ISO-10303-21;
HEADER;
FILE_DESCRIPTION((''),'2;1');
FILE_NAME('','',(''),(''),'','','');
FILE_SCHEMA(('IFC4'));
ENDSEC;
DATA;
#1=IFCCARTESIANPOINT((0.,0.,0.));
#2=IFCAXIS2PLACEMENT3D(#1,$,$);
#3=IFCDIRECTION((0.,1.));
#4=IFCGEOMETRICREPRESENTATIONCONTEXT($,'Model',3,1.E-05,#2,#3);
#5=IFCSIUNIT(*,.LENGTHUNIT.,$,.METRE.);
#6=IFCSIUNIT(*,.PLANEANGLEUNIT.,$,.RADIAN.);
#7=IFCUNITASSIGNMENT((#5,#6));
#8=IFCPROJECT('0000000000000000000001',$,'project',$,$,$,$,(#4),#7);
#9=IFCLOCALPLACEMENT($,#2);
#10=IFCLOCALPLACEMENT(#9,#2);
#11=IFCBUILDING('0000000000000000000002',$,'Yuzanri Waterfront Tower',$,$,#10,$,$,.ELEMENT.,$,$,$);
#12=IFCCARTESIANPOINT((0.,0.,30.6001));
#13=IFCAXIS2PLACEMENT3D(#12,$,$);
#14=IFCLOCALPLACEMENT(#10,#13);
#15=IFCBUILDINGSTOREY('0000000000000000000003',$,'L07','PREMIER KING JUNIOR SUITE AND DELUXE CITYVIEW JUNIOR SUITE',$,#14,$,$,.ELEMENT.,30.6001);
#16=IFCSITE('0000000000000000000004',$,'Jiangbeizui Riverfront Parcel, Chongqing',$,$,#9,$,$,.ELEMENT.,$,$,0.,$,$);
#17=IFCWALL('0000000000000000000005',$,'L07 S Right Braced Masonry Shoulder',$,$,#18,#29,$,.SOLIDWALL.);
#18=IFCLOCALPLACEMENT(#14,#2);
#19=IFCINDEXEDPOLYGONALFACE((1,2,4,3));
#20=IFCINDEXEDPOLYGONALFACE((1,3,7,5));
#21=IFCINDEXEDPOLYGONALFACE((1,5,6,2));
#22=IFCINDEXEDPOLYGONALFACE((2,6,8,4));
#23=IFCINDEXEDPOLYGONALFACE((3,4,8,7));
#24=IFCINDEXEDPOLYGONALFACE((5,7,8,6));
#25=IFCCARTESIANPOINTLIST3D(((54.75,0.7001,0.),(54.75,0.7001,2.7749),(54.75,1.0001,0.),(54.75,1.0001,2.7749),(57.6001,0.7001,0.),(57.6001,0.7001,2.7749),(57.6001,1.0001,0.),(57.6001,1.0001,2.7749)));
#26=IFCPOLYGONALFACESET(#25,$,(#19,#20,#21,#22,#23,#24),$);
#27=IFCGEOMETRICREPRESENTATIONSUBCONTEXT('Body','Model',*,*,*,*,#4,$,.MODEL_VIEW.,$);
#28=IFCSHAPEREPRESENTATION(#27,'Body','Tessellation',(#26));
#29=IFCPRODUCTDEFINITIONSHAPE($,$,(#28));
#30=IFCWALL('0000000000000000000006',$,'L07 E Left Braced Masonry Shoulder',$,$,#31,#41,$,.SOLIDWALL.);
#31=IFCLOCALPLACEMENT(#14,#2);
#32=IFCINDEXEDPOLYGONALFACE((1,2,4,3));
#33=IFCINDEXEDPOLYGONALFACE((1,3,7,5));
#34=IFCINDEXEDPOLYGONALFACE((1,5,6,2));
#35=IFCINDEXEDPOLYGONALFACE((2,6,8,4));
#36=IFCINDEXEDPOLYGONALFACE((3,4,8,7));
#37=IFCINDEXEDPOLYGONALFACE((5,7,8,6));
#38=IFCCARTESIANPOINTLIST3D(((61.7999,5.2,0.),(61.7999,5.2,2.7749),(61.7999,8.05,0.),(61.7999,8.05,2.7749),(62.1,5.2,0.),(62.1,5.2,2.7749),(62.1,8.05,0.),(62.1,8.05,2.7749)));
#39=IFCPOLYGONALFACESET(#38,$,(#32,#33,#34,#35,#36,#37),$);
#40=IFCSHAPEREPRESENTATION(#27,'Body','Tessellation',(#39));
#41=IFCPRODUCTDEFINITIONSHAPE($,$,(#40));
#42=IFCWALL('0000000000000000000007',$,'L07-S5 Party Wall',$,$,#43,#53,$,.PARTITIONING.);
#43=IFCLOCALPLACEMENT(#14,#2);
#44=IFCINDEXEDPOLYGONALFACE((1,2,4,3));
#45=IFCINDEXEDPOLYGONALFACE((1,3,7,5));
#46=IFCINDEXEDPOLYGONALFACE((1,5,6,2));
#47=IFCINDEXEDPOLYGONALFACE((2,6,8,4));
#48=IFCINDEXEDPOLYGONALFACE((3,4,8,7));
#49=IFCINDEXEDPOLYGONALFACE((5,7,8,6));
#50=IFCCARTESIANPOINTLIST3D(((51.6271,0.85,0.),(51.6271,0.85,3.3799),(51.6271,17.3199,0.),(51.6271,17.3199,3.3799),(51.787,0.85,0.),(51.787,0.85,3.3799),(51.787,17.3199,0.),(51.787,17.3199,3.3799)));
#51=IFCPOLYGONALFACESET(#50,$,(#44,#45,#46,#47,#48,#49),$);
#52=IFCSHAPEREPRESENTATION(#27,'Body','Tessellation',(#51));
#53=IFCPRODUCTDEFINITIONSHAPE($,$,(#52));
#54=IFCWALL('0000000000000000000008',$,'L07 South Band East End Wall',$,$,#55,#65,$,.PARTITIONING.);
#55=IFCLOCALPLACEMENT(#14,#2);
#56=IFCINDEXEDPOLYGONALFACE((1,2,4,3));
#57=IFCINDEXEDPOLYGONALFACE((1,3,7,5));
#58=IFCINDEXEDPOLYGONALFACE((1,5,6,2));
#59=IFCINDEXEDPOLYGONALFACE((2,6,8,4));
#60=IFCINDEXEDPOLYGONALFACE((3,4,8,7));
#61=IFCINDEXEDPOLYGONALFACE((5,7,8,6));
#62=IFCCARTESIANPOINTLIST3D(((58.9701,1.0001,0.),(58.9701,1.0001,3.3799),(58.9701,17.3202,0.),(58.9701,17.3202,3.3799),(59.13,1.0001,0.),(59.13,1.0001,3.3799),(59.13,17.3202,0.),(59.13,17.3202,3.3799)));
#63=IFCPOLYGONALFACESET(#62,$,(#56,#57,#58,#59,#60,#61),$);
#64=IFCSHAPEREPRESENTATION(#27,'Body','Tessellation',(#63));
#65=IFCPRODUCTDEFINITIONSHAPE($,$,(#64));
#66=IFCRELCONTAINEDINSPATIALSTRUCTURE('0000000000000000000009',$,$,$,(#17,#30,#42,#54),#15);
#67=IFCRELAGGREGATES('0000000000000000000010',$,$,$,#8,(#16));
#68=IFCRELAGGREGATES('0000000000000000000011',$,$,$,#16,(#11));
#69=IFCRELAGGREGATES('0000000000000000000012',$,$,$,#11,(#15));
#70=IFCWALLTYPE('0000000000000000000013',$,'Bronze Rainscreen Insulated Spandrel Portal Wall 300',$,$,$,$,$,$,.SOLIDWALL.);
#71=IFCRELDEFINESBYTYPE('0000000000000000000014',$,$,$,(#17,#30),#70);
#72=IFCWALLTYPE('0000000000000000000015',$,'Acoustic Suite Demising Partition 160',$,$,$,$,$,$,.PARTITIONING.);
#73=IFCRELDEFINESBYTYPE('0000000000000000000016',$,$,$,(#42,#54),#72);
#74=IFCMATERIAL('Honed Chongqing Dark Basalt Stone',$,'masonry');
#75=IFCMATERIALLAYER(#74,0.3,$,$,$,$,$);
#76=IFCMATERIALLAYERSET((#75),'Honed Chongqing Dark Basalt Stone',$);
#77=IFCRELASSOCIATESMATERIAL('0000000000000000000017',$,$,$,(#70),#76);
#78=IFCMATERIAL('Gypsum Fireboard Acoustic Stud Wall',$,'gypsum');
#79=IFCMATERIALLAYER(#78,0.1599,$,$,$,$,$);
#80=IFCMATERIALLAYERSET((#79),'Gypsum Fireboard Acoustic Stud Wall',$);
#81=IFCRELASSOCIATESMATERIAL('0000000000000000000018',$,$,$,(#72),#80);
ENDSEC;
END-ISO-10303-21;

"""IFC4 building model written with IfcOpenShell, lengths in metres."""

from ifc_helpers import new_model, si_unit, direction, frame, frame_2d, origin, place, context, subcontext, project, spatial, rectangle, extrude, source, transform, mapped, material, layer, layer_set, type_object, element, save


model = new_model("IFC4")

# Units and contexts
model_context = context("Model", 3, precision=1e-05, world=origin(), true_north=direction((0.0, 1.0)))
body_context = subcontext(model_context, "Body", "Model", "MODEL_VIEW")
ifc_project = project(units=[si_unit("LENGTHUNIT", "METRE"), si_unit("PLANEANGLEUNIT", "RADIAN")], contexts=[model_context])

# Site, building, storey
site_placement = place(None, origin())
site = spatial("IfcSite", under=ifc_project, at=site_placement, Name="Jiangbeizui Riverfront Parcel, Chongqing", CompositionType="ELEMENT", RefElevation=0.0)
building_placement = place(site_placement, origin())
building = spatial("IfcBuilding", under=site, at=building_placement, Name="Yuzanri Waterfront Tower", CompositionType="ELEMENT")
storey_placement = place(building_placement, frame((0.0, 0.0, 30.6001)))
storey = spatial("IfcBuildingStorey", under=building, at=storey_placement, Name="L07", Description="PREMIER KING JUNIOR SUITE AND DELUXE CITYVIEW JUNIOR SUITE", CompositionType="ELEMENT", Elevation=30.6001)

# Shared definitions
ifc_material_1 = material(Name="Honed Chongqing Dark Basalt Stone", Category="masonry")
ifc_layer_1 = layer(ifc_material_1, 0.3)
ifc_layer_set_1 = layer_set([ifc_layer_1], Name="Honed Chongqing Dark Basalt Stone")
wall_type_1 = type_object("IfcWallType", Name="Bronze Rainscreen Insulated Spandrel Portal Wall 300", PredefinedType="SOLIDWALL", material=ifc_layer_set_1)

# Walls
shared_shape_1 = source(origin(), body_context, "Body", "SweptSolid", [
    extrude(rectangle(XDim=2.8501, YDim=0.3, at=frame_2d((1.425, 0.0))), origin(), (0.0, 0.0, 1.0), 2.7749),
])
for number, where, z_axis, x_axis, name in (
    (1, (54.75, 0.8501, 0.0), (0.0, 0.0, 1.0), (1.0, 0.0, 0.0), "L07 S Right Braced Masonry Shoulder"),
    (2, (61.95, 5.2, 0.0), (0.0, 0.0, 1.0), (0.0, 1.0, 0.0), "L07 E Left Braced Masonry Shoulder"),
):
    element("IfcWall", number, at=place(storey_placement, frame(where, z_axis=z_axis, x_axis=x_axis)), inside=storey, type_object=wall_type_1, Name=name, PredefinedType="SOLIDWALL", context=body_context, shape_type="MappedRepresentation", body=[
        mapped(shared_shape_1, transform((0.0, 0.0, 0.0), scale=1.0)),
    ])
ifc_material_2 = material(Name="Gypsum Fireboard Acoustic Stud Wall", Category="gypsum")
ifc_layer_2 = layer(ifc_material_2, 0.1599)
ifc_layer_set_2 = layer_set([ifc_layer_2], Name="Gypsum Fireboard Acoustic Stud Wall")
wall_type_2 = type_object("IfcWallType", Name="Acoustic Suite Demising Partition 160", PredefinedType="PARTITIONING", material=ifc_layer_set_2)
shared_shape_2 = source(origin(), body_context, "Body", "SweptSolid", [
    extrude(rectangle(XDim=16.47, YDim=0.1599, at=frame_2d((8.2349, 0.0))), origin(), (0.0, 0.0, 1.0), 3.3799),
])
wall_1_placement = place(storey_placement, frame((51.707, 0.8501, 0.0), z_axis=(0.0, 0.0, 1.0), x_axis=(0.0, 1.0, 0.0)))
element("IfcWall", 3, at=wall_1_placement, inside=storey, type_object=wall_type_2, Name="L07-S5 Party Wall", PredefinedType="PARTITIONING", context=body_context, shape_type="MappedRepresentation", body=[
    mapped(shared_shape_2, transform((0.0, 0.0, 0.0), scale=1.0)),
])
shared_shape_3 = source(origin(), body_context, "Body", "SweptSolid", [
    extrude(rectangle(XDim=16.3201, YDim=0.1599, at=frame_2d((8.1602, 0.0))), origin(), (0.0, 0.0, 1.0), 3.3799),
])
wall_2_placement = place(storey_placement, frame((59.05, 1.0, 0.0), z_axis=(0.0, 0.0, 1.0), x_axis=(0.0, 1.0, 0.0)))
element("IfcWall", 4, at=wall_2_placement, inside=storey, type_object=wall_type_2, Name="L07 South Band East End Wall", PredefinedType="PARTITIONING", context=body_context, shape_type="MappedRepresentation", body=[
    mapped(shared_shape_3, transform((0.0, 0.0, 0.0), scale=1.0)),
])

save(model, "model.ifc")
